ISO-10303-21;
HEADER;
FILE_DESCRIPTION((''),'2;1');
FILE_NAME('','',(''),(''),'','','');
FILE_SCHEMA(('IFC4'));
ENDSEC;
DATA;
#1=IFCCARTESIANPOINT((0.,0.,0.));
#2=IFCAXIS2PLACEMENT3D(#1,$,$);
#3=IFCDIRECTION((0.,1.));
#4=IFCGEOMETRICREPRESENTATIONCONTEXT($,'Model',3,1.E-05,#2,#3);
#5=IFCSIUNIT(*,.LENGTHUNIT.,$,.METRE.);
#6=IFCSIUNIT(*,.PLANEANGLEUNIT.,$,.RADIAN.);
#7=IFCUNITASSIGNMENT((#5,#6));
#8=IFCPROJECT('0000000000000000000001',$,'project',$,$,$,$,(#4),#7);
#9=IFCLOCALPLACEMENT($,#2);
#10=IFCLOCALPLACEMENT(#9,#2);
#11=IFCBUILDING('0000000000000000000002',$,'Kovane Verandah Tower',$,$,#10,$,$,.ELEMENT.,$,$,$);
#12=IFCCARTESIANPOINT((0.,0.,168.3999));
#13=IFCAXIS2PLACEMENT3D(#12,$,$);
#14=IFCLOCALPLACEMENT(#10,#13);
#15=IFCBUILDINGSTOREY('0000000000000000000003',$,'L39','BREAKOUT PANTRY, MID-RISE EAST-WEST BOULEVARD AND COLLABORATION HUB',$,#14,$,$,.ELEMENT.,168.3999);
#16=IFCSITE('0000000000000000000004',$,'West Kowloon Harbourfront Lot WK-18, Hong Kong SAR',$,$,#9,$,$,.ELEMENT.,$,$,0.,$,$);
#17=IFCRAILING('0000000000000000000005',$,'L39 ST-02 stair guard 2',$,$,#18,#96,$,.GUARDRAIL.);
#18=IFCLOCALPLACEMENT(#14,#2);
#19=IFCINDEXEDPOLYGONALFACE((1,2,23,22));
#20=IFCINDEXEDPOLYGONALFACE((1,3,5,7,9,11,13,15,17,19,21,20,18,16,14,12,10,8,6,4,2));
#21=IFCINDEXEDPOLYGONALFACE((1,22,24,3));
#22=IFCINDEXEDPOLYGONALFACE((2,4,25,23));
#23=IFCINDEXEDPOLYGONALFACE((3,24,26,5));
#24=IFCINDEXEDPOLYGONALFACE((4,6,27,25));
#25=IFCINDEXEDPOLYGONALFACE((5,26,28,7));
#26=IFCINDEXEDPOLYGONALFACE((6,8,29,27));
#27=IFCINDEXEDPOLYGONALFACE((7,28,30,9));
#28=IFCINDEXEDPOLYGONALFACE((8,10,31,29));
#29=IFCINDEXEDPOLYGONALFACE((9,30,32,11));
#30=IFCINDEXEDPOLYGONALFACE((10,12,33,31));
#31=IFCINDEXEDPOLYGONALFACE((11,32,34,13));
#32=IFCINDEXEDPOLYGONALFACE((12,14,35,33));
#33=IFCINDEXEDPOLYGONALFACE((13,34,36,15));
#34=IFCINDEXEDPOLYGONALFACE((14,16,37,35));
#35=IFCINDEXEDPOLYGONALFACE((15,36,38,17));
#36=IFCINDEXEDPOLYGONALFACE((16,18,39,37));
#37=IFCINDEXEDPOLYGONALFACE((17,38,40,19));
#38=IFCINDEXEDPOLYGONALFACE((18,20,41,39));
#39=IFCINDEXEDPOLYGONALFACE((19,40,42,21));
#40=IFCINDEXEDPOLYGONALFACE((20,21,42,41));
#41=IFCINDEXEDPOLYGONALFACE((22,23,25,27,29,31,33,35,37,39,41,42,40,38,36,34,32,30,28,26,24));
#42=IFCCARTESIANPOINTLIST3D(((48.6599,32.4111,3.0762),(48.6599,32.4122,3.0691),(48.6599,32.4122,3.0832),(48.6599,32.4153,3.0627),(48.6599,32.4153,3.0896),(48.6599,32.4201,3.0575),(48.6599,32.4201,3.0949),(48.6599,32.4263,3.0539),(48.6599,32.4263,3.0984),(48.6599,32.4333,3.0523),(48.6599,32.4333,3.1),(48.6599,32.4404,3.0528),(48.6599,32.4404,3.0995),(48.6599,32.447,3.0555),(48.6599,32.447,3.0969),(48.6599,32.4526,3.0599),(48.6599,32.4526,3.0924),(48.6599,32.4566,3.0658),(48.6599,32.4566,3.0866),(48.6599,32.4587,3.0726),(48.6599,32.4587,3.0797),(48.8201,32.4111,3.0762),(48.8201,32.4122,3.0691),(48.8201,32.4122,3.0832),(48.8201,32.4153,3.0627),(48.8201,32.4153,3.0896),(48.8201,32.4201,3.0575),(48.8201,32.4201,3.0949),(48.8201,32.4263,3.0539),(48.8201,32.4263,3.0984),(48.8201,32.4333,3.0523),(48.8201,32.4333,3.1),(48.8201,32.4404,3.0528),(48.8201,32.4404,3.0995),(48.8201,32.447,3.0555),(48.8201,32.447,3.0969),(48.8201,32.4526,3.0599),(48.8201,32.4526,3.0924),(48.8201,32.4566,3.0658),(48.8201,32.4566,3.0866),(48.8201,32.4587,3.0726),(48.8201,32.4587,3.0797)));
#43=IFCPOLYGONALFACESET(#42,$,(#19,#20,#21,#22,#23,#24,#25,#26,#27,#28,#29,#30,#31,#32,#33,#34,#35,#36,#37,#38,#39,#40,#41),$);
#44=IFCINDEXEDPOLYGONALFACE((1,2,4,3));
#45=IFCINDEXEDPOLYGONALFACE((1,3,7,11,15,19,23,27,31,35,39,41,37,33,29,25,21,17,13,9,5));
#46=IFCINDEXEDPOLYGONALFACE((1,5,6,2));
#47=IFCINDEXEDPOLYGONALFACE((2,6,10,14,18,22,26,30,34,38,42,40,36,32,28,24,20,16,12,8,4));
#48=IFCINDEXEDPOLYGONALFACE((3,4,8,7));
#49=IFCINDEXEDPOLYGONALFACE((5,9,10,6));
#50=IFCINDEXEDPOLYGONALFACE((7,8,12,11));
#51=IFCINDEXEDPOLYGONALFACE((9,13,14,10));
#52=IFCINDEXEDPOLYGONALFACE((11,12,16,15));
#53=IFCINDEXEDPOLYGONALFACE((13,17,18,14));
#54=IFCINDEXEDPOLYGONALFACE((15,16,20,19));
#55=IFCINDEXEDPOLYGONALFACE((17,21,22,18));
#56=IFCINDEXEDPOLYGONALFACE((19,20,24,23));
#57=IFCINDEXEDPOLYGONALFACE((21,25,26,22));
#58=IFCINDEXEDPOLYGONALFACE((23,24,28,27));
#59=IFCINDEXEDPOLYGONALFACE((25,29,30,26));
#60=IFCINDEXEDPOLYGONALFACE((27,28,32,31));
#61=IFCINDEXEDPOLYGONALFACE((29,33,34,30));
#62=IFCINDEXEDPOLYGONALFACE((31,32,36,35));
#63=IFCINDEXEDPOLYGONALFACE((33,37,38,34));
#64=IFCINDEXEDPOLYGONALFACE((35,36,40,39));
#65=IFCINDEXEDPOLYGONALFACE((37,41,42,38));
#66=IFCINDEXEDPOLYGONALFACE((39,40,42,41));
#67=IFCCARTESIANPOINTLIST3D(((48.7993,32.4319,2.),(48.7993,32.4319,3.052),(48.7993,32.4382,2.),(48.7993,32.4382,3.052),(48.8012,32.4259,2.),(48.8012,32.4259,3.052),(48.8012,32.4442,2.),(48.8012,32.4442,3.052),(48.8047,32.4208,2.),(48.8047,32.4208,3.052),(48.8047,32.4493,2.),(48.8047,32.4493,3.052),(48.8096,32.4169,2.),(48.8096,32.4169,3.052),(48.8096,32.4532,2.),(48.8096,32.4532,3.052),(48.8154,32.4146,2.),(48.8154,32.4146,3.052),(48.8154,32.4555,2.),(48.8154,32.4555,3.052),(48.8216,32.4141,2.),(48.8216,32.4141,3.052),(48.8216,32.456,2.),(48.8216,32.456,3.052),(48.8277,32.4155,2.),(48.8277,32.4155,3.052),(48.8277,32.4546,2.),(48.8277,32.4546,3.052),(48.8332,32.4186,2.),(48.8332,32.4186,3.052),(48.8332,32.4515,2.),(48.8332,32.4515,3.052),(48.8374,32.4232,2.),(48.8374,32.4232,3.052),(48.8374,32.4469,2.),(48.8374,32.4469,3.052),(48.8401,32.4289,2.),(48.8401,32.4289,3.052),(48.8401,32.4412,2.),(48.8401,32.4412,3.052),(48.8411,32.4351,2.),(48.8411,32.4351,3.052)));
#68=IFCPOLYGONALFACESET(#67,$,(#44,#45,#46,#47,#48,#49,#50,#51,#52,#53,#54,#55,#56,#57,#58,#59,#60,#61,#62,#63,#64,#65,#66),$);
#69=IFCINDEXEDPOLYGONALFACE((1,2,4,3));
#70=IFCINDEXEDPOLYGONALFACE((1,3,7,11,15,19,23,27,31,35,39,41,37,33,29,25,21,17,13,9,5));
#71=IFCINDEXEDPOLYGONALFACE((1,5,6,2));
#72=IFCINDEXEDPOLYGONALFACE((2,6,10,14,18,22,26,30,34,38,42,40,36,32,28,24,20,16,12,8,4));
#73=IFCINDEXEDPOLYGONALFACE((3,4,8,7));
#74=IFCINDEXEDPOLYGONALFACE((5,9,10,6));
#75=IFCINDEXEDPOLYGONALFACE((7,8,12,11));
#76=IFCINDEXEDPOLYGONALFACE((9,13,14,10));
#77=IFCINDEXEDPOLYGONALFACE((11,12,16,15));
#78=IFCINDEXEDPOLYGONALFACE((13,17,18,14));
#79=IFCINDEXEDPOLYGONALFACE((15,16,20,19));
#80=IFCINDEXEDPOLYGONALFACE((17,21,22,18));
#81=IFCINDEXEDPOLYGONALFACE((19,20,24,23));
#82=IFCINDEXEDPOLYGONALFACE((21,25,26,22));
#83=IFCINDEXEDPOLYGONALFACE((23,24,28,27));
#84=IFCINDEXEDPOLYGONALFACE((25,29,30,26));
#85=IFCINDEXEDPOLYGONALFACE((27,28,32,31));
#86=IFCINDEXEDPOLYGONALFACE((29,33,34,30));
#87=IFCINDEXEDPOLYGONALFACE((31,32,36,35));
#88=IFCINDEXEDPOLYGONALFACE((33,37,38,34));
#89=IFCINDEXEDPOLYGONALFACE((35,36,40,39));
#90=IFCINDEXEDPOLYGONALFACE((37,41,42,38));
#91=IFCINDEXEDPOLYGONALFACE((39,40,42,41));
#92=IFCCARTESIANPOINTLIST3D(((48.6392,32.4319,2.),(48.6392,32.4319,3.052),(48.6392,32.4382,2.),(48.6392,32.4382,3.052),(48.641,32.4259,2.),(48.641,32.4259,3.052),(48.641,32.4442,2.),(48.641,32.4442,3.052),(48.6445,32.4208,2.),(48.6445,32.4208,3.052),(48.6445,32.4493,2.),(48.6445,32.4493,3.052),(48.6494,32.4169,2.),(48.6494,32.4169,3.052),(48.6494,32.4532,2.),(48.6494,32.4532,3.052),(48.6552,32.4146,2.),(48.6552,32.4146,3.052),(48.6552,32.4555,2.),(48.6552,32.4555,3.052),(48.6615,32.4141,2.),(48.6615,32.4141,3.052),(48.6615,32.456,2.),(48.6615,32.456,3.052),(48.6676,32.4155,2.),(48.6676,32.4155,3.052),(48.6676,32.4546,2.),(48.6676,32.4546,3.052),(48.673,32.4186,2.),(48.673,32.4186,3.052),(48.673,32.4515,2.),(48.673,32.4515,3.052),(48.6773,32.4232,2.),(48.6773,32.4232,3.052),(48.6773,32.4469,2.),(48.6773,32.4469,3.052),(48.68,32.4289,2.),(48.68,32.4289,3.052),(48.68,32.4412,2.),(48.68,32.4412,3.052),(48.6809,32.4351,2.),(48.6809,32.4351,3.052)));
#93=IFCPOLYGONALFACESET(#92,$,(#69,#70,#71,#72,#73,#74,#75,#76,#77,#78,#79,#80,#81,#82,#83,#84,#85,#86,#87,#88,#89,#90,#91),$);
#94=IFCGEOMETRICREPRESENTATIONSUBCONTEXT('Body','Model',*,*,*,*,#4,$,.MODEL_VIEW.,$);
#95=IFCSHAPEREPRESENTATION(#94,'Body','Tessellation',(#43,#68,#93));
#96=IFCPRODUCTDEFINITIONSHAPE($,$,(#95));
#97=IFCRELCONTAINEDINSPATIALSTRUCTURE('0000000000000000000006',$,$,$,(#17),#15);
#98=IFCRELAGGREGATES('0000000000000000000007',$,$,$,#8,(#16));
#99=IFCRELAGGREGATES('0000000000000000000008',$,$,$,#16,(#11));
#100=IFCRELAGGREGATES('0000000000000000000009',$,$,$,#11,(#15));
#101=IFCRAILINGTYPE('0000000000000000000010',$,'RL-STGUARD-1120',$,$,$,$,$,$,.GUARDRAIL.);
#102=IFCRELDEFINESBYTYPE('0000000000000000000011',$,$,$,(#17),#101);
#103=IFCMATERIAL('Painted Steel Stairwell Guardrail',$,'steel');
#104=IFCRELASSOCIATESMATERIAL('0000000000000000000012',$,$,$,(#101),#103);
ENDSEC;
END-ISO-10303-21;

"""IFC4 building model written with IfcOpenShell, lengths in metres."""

from ifc_helpers import new_model, si_unit, direction, frame, origin, origin_2d, place, context, subcontext, project, spatial, circle, extrude, material, type_object, element, save


model = new_model("IFC4")

# Units and contexts
model_context = context("Model", 3, precision=1e-05, world=origin(), true_north=direction((0.0, 1.0)))
body_context = subcontext(model_context, "Body", "Model", "MODEL_VIEW")
ifc_project = project(units=[si_unit("LENGTHUNIT", "METRE"), si_unit("PLANEANGLEUNIT", "RADIAN")], contexts=[model_context])

# Site, building, storey
site_placement = place(None, origin())
site = spatial("IfcSite", under=ifc_project, at=site_placement, Name="West Kowloon Harbourfront Lot WK-18, Hong Kong SAR", CompositionType="ELEMENT", RefElevation=0.0)
building_placement = place(site_placement, origin())
building = spatial("IfcBuilding", under=site, at=building_placement, Name="Kovane Verandah Tower", CompositionType="ELEMENT")
storey_placement = place(building_placement, frame((0.0, 0.0, 168.3999)))
storey = spatial("IfcBuildingStorey", under=building, at=storey_placement, Name="L39", Description="BREAKOUT PANTRY, MID-RISE EAST-WEST BOULEVARD AND COLLABORATION HUB", CompositionType="ELEMENT", Elevation=168.3999)

# Railing
ifc_material_1 = material(Name="Painted Steel Stairwell Guardrail", Category="steel")
railing_type_1 = type_object("IfcRailingType", Name="RL-STGUARD-1120", PredefinedType="GUARDRAIL", material=ifc_material_1)
railing_1_placement = place(storey_placement, frame((48.8201, 32.4351, 2.0)))
element("IfcRailing", 1, at=railing_1_placement, inside=storey, type_object=railing_type_1, Name="L39 ST-02 stair guard 2", PredefinedType="GUARDRAIL", context=body_context, shape_type="SweptSolid", body=[
    extrude(circle(Radius=0.0239, at=origin_2d()), frame((0.0, 0.0, 1.0762), z_axis=(-1.0, 0.0, 0.0), x_axis=(0.0, -1.0, 0.0)), (0.0, 0.0, 1.0), 0.1602),
    extrude(circle(Radius=0.021, at=origin_2d()), origin(), (0.0, 0.0, 1.0), 1.052),
    extrude(circle(Radius=0.021, at=origin_2d()), frame((-0.1602, 0.0, 0.0)), (0.0, 0.0, 1.0), 1.052),
])

save(model, "model.ifc")
